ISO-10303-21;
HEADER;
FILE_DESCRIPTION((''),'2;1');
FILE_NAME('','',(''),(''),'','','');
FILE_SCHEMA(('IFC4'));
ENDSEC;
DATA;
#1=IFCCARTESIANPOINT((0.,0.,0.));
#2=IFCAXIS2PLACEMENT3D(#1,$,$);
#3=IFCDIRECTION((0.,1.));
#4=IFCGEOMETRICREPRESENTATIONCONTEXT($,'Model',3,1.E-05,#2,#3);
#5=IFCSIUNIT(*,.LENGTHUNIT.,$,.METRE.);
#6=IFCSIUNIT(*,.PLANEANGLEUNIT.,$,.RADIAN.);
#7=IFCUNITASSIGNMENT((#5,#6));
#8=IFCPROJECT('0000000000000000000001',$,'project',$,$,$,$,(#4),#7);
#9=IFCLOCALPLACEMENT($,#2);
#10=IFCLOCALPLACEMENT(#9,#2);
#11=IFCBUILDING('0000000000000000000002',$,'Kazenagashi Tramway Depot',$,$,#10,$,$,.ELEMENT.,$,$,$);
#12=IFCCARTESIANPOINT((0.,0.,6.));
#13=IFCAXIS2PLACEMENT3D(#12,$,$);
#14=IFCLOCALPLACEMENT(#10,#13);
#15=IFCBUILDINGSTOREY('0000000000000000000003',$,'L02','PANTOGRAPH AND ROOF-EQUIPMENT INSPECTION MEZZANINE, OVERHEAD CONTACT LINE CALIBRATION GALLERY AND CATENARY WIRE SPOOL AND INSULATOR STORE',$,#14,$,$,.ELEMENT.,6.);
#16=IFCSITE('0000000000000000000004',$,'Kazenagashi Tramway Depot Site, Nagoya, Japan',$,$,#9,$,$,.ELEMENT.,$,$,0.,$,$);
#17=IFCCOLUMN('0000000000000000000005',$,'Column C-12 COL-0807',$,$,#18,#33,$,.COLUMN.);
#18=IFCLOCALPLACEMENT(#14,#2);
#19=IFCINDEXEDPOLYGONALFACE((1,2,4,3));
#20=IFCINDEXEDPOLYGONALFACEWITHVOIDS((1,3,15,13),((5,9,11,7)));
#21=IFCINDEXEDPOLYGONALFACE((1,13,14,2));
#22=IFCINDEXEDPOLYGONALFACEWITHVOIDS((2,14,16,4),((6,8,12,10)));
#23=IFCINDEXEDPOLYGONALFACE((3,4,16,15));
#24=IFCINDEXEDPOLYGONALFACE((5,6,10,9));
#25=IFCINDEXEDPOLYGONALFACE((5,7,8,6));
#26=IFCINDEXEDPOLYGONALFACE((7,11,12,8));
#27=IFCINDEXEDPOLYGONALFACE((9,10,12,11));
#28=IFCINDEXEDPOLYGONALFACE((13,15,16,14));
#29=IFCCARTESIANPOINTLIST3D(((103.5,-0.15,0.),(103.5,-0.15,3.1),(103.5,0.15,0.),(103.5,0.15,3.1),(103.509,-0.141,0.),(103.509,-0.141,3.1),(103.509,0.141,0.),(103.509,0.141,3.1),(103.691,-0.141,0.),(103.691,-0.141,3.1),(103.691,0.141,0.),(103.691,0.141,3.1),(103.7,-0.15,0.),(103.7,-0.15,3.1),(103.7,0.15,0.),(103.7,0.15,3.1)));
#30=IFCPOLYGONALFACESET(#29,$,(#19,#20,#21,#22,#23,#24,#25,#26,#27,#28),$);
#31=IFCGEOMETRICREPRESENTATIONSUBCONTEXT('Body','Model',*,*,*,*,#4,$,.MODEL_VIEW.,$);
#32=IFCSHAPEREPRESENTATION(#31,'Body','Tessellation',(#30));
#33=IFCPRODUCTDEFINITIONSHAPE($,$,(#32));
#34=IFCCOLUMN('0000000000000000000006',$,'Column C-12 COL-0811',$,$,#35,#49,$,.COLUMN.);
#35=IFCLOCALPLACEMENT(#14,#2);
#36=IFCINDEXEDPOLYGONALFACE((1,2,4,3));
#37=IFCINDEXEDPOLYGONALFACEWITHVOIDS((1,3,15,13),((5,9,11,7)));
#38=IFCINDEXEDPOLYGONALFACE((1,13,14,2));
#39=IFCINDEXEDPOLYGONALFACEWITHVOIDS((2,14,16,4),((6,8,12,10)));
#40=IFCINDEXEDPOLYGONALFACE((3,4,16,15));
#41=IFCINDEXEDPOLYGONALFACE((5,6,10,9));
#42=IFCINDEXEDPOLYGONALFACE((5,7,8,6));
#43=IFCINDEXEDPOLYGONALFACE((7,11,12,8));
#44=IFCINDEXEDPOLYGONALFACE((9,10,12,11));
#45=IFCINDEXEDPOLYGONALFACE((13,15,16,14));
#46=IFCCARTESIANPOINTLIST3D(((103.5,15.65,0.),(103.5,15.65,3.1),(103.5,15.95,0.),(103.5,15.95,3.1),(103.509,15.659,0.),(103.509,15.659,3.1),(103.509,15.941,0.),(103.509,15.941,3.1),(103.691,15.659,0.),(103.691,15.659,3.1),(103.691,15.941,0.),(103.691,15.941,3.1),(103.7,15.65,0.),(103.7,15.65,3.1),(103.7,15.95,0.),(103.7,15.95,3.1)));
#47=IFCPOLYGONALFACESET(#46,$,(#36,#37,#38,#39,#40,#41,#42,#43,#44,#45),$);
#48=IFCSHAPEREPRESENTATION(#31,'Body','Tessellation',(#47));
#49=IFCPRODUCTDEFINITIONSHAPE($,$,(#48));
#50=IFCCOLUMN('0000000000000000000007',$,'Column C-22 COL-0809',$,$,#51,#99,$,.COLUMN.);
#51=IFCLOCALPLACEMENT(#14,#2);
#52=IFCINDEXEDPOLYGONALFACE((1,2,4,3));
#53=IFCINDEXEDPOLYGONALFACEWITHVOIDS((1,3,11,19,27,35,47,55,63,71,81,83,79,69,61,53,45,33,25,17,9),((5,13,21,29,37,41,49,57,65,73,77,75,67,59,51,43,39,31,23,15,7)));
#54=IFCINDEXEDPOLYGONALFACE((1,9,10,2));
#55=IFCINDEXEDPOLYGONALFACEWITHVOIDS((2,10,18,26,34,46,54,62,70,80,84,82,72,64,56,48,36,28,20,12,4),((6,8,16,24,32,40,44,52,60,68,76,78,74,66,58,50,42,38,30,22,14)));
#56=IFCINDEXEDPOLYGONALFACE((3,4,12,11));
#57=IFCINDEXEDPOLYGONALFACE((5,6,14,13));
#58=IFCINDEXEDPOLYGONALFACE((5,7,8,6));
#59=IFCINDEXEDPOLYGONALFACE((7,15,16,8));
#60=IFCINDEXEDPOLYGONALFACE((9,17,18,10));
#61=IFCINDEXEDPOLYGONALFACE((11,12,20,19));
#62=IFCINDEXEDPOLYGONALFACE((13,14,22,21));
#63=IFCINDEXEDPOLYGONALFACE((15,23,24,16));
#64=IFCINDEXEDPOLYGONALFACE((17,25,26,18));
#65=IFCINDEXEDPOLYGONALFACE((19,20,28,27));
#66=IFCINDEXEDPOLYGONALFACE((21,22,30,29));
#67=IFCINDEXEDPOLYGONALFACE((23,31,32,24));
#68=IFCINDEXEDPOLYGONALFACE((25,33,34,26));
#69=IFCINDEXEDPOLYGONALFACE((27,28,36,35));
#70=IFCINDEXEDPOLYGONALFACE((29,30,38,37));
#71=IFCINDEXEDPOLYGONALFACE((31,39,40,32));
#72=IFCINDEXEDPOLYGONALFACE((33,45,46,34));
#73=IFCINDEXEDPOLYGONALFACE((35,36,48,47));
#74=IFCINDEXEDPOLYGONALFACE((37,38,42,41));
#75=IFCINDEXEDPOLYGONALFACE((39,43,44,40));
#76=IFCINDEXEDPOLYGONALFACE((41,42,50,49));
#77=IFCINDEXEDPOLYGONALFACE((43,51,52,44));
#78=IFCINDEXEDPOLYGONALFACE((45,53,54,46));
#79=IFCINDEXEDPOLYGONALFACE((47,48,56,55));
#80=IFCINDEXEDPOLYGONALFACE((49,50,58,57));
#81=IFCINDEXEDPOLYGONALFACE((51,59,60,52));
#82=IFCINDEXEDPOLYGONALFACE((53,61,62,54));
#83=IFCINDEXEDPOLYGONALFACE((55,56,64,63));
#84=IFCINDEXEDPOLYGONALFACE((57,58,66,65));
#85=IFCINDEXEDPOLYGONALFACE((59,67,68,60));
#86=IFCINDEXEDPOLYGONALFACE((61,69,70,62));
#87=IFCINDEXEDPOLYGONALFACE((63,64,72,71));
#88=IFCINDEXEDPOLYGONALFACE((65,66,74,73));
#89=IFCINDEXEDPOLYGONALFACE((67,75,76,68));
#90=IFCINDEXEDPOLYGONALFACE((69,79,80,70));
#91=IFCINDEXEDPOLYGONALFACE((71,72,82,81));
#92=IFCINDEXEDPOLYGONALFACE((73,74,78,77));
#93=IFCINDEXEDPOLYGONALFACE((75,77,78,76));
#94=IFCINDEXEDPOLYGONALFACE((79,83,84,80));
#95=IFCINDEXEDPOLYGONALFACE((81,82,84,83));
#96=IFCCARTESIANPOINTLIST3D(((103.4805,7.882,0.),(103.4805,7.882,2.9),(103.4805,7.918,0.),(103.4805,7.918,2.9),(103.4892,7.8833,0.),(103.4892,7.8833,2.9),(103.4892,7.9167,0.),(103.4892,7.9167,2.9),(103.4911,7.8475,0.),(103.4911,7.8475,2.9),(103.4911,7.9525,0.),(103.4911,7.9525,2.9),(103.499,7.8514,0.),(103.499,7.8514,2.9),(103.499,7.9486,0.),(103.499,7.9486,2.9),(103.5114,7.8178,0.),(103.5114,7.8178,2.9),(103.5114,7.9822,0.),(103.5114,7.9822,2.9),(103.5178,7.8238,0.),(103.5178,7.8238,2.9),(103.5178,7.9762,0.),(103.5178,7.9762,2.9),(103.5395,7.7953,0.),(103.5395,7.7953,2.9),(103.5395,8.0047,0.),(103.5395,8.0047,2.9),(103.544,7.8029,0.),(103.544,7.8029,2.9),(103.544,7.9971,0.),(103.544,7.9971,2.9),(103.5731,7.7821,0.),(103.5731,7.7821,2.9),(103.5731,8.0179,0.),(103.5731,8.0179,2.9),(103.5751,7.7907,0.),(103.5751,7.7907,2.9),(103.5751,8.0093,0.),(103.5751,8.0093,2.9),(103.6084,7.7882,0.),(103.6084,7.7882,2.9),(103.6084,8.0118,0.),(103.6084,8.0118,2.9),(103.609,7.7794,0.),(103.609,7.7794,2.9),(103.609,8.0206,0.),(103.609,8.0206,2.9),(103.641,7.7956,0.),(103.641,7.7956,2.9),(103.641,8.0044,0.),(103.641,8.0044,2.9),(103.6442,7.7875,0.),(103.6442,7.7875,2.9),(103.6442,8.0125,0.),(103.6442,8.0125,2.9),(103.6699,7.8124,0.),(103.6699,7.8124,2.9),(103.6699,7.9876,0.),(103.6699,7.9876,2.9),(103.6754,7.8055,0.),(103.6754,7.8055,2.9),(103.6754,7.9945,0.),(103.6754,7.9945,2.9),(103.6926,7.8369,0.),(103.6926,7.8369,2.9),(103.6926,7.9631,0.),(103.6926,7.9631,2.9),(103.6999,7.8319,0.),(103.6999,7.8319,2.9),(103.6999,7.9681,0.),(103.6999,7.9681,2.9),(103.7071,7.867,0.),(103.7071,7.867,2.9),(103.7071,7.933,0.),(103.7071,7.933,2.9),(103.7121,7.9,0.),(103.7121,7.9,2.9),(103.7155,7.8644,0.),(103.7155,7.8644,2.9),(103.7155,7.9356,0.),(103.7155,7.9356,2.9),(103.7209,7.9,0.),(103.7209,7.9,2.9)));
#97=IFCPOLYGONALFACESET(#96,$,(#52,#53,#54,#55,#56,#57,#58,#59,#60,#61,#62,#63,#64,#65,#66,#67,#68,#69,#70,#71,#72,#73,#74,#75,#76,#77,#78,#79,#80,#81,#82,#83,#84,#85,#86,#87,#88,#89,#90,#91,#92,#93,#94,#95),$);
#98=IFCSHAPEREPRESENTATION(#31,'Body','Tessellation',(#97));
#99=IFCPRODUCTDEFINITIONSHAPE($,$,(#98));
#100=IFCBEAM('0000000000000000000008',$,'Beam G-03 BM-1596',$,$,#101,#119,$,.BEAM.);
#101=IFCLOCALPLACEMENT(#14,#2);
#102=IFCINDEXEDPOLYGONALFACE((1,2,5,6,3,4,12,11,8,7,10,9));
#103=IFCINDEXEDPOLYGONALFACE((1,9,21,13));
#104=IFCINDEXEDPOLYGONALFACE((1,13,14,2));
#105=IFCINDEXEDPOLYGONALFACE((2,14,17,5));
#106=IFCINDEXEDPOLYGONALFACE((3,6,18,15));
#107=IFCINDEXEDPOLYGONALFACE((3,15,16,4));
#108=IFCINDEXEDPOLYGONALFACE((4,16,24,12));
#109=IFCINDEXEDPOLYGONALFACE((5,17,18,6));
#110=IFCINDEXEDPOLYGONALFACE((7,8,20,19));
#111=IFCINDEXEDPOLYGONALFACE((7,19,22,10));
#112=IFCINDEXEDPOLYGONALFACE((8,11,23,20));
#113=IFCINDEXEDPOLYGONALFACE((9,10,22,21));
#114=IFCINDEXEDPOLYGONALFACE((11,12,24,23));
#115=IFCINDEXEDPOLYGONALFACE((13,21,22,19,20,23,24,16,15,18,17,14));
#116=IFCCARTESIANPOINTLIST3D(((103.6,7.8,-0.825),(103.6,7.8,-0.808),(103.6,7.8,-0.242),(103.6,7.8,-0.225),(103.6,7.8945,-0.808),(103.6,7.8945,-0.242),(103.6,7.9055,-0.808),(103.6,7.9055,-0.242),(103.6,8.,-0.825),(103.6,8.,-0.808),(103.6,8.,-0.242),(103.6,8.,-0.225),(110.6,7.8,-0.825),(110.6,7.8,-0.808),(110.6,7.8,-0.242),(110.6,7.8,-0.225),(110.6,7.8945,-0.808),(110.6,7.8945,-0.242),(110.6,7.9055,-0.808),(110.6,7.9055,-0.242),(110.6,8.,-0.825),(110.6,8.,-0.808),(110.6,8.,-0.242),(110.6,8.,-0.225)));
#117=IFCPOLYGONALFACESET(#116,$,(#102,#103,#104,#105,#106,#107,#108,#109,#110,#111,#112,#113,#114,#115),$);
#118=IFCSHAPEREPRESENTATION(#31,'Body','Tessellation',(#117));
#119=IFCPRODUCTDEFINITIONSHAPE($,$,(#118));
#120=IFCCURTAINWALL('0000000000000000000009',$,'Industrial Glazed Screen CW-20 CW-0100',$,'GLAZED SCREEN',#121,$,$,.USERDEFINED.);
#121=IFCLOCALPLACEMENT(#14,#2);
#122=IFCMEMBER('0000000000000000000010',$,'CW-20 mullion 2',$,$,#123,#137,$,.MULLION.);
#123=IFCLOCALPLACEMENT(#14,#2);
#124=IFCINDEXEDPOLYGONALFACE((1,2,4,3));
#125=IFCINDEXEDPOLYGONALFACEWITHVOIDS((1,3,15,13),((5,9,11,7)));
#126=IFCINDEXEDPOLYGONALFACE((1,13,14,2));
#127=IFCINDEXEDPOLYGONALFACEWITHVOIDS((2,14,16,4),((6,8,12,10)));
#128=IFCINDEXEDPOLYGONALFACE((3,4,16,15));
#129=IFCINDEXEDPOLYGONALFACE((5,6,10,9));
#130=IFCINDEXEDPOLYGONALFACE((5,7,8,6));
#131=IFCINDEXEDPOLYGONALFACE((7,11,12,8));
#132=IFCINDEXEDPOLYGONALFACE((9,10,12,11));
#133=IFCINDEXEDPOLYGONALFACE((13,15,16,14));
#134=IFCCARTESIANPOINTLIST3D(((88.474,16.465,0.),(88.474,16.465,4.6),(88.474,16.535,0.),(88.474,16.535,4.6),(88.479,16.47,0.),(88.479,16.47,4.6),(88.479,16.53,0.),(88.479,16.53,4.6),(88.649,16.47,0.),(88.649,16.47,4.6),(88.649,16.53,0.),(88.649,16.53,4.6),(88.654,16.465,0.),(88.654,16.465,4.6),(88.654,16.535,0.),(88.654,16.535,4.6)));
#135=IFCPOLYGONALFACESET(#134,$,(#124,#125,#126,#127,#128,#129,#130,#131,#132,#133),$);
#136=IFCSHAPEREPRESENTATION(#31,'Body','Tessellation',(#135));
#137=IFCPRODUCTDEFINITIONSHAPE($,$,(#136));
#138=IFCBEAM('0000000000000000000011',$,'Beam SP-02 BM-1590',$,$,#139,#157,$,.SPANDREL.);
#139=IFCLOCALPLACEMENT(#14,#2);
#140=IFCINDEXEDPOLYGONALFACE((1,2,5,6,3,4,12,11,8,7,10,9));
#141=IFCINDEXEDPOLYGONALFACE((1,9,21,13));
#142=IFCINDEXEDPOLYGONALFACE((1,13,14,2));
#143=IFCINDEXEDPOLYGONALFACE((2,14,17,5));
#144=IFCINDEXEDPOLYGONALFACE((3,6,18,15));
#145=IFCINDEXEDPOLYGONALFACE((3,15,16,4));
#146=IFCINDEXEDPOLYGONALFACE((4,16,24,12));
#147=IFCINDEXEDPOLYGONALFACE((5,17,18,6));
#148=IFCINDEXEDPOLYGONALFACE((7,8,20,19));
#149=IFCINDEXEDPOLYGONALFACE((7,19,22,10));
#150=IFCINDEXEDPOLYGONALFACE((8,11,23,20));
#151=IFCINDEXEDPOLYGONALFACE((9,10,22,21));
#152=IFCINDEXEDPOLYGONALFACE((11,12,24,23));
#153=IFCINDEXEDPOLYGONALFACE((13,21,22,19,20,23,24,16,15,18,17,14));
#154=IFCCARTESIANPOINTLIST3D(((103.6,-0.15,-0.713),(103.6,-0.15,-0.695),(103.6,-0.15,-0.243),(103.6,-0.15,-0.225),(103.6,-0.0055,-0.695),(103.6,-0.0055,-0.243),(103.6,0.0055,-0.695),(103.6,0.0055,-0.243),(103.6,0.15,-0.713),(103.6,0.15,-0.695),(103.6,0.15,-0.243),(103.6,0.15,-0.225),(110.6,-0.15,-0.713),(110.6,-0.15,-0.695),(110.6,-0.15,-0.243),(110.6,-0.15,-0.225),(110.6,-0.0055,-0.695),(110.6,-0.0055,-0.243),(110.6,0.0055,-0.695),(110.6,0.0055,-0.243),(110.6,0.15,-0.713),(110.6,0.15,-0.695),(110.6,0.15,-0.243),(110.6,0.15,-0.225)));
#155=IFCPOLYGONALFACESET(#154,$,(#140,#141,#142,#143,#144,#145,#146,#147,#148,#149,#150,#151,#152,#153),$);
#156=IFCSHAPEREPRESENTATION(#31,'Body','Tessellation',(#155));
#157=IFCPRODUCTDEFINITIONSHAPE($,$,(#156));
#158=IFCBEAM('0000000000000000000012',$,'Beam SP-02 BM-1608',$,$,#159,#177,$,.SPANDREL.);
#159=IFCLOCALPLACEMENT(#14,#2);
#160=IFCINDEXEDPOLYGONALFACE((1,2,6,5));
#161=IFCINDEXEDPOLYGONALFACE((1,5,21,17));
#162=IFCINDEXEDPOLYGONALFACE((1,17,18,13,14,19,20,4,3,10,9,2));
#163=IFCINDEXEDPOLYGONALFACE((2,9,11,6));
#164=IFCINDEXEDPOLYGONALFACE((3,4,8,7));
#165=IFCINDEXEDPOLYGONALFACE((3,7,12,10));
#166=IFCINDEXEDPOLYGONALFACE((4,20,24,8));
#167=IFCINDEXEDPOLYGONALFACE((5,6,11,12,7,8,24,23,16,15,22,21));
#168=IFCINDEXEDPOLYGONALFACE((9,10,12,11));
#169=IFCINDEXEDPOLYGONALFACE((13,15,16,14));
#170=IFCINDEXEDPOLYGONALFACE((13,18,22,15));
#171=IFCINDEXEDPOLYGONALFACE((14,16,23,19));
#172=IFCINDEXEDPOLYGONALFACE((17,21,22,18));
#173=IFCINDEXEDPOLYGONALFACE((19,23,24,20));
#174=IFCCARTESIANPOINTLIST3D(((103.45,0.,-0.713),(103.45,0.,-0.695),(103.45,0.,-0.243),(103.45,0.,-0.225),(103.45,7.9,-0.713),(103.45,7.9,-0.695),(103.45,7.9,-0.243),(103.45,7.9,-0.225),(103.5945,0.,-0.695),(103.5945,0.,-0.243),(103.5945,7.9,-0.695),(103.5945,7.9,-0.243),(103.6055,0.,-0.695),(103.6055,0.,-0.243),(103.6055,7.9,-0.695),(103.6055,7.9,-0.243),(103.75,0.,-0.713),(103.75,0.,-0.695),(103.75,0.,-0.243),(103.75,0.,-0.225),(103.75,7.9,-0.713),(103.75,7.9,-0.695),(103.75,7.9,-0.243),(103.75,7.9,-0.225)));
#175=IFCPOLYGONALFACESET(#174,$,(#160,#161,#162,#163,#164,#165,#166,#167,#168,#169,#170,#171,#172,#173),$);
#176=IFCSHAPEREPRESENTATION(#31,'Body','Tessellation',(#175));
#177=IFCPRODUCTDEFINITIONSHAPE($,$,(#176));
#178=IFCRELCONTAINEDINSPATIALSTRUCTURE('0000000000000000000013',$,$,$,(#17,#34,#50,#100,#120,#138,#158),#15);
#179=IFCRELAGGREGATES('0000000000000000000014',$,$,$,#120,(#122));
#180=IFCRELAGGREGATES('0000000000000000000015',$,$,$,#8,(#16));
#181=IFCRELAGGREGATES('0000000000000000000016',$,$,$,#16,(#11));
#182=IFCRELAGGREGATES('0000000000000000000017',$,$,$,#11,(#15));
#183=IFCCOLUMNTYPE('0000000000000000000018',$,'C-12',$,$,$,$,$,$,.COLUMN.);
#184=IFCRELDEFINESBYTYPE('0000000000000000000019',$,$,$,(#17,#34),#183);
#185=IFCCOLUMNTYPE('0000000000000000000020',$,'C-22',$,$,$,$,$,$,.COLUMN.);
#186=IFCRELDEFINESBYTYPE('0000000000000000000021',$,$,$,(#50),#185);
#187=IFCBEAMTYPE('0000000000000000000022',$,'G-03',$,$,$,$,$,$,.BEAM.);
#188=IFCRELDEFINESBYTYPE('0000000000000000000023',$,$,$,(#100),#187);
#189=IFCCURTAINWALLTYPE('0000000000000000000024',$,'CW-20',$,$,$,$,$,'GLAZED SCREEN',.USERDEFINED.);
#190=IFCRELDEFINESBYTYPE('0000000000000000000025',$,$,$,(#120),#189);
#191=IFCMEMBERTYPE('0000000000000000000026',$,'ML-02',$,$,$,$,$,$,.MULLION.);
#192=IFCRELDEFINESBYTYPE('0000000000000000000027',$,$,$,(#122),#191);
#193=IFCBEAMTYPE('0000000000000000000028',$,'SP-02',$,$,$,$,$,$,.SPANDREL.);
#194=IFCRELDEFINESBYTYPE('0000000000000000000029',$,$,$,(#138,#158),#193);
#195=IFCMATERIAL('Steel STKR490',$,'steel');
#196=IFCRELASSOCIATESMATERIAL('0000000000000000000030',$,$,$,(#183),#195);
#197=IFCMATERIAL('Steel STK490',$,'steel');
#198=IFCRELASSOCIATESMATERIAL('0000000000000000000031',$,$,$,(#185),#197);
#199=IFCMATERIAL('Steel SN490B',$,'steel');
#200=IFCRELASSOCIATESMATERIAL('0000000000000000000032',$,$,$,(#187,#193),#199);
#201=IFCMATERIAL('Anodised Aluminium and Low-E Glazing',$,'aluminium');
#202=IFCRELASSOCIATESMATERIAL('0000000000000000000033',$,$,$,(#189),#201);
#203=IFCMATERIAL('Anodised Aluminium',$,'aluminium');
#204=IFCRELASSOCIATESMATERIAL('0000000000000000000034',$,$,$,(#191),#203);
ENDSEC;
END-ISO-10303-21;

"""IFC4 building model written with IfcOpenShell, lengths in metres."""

from ifc_helpers import new_model, si_unit, direction, frame, origin, origin_2d, place, context, subcontext, project, spatial, hollow_rectangle, hollow_circle, i_section, extrude, material, material_profile, profile_set, type_object, element, aggregate, save


model = new_model("IFC4")

# Units and contexts
model_context = context("Model", 3, precision=1e-05, world=origin(), true_north=direction((0.0, 1.0)))
body_context = subcontext(model_context, "Body", "Model", "MODEL_VIEW")
ifc_project = project(units=[si_unit("LENGTHUNIT", "METRE"), si_unit("PLANEANGLEUNIT", "RADIAN")], contexts=[model_context])

# Site, building, storey
site_placement = place(None, origin())
site = spatial("IfcSite", under=ifc_project, at=site_placement, Name="Kazenagashi Tramway Depot Site, Nagoya, Japan", CompositionType="ELEMENT", RefElevation=0.0)
building_placement = place(site_placement, origin())
building = spatial("IfcBuilding", under=site, at=building_placement, Name="Kazenagashi Tramway Depot", CompositionType="ELEMENT")
storey_placement = place(building_placement, frame((0.0, 0.0, 6.0)))
storey = spatial("IfcBuildingStorey", under=building, at=storey_placement, Name="L02", Description="PANTOGRAPH AND ROOF-EQUIPMENT INSPECTION MEZZANINE, OVERHEAD CONTACT LINE CALIBRATION GALLERY AND CATENARY WIRE SPOOL AND INSULATOR STORE", CompositionType="ELEMENT", Elevation=6.0)

# Columns
ifc_material_1 = material(Name="Steel STKR490", Category="steel")
ifc_material_profile_1 = material_profile(ifc_material_1, hollow_rectangle(XDim=0.2, YDim=0.3, WallThickness=0.009, at=origin_2d()), Name="RHS-300x200x9")
ifc_profile_set_1 = profile_set([ifc_material_profile_1], Name="Steel STKR490")
column_type_1 = type_object("IfcColumnType", Name="C-12", PredefinedType="COLUMN", material=ifc_profile_set_1)
for number, where, z_axis, x_axis, name in (
    (1, (103.6, 0.0, 0.0), (0.0, 0.0, 1.0), (1.0, 0.0, 0.0), "Column C-12 COL-0807"),
    (2, (103.6, 15.8, 0.0), (0.0, 0.0, 1.0), (1.0, 0.0, 0.0), "Column C-12 COL-0811"),
):
    element("IfcColumn", number, at=place(storey_placement, frame(where, z_axis=z_axis, x_axis=x_axis)), inside=storey, type_object=column_type_1, Name=name, PredefinedType="COLUMN", context=body_context, shape_type="SweptSolid", body=[
        extrude(hollow_rectangle(XDim=0.2, YDim=0.3, WallThickness=0.009, at=origin_2d()), origin(), (0.0, 0.0, 1.0), 3.1),
    ])
ifc_material_2 = material(Name="Steel STK490", Category="steel")
ifc_material_profile_2 = material_profile(ifc_material_2, hollow_circle(Radius=0.1209, WallThickness=0.0088, at=origin_2d()), Name="CHS-241.8x8.8")
ifc_profile_set_2 = profile_set([ifc_material_profile_2], Name="Steel STK490")
column_type_2 = type_object("IfcColumnType", Name="C-22", PredefinedType="COLUMN", material=ifc_profile_set_2)
column_placement = place(storey_placement, frame((103.6, 7.9, 0.0), z_axis=(0.0, 0.0, 1.0), x_axis=(1.0, 0.0, 0.0)))
element("IfcColumn", 3, at=column_placement, inside=storey, type_object=column_type_2, Name="Column C-22 COL-0809", PredefinedType="COLUMN", context=body_context, shape_type="SweptSolid", body=[
    extrude(hollow_circle(Radius=0.1209, WallThickness=0.0088, at=origin_2d()), origin(), (0.0, 0.0, 1.0), 2.9),
])

# Beam
ifc_material_3 = material(Name="Steel SN490B", Category="steel")
ifc_material_profile_3 = material_profile(ifc_material_3, i_section(OverallWidth=0.2, OverallDepth=0.6, WebThickness=0.011, FlangeThickness=0.017, at=origin_2d()), Name="H-600x200x11x17")
ifc_profile_set_3 = profile_set([ifc_material_profile_3], Name="Steel SN490B")
beam_type_1 = type_object("IfcBeamType", Name="G-03", PredefinedType="BEAM", material=ifc_profile_set_3)
beam_1_placement = place(storey_placement, frame((103.6, 7.9, -0.525), z_axis=(1.0, 0.0, 0.0), x_axis=(0.0, 1.0, 0.0)))
element("IfcBeam", 4, at=beam_1_placement, inside=storey, type_object=beam_type_1, Name="Beam G-03 BM-1596", PredefinedType="BEAM", context=body_context, shape_type="SweptSolid", body=[
    extrude(i_section(OverallWidth=0.2, OverallDepth=0.6, WebThickness=0.011, FlangeThickness=0.017, at=origin_2d()), origin(), (0.0, 0.0, 1.0), 7.0),
])

# Curtain wall, member
ifc_material_4 = material(Name="Anodised Aluminium and Low-E Glazing", Category="aluminium")
curtain_wall_type = type_object("IfcCurtainWallType", Name="CW-20", ElementType="GLAZED SCREEN", PredefinedType="USERDEFINED", material=ifc_material_4)
curtain_wall_placement = place(storey_placement, origin())
curtain_wall = element("IfcCurtainWall", 5, at=curtain_wall_placement, inside=storey, type_object=curtain_wall_type, Name="Industrial Glazed Screen CW-20 CW-0100", ObjectType="GLAZED SCREEN", PredefinedType="USERDEFINED")
ifc_material_5 = material(Name="Anodised Aluminium", Category="aluminium")
ifc_material_profile_4 = material_profile(ifc_material_5, hollow_rectangle(XDim=0.07, YDim=0.18, WallThickness=0.005, at=origin_2d()), Name="RHS-180x70x5")
ifc_profile_set_4 = profile_set([ifc_material_profile_4], Name="Anodised Aluminium")
member_type_1 = type_object("IfcMemberType", Name="ML-02", PredefinedType="MULLION", material=ifc_profile_set_4)
member_1_placement = place(storey_placement, frame((88.564, 16.5, 0.0), z_axis=(0.0, 0.0, 1.0), x_axis=(0.0, 1.0, 0.0)))
member_1 = element("IfcMember", 6, at=member_1_placement, type_object=member_type_1, Name="CW-20 mullion 2", PredefinedType="MULLION", context=body_context, shape_type="SweptSolid", body=[
    extrude(hollow_rectangle(XDim=0.07, YDim=0.18, WallThickness=0.005, at=origin_2d()), origin(), (0.0, 0.0, 1.0), 4.6),
])

# Beams
ifc_material_profile_5 = material_profile(ifc_material_3, i_section(OverallWidth=0.3, OverallDepth=0.488, WebThickness=0.011, FlangeThickness=0.018, at=origin_2d()), Name="H-488x300x11x18")
ifc_profile_set_5 = profile_set([ifc_material_profile_5], Name="Steel SN490B")
beam_type_2 = type_object("IfcBeamType", Name="SP-02", PredefinedType="SPANDREL", material=ifc_profile_set_5)
beam_2_placement = place(storey_placement, frame((103.6, 0.0, -0.469), z_axis=(1.0, 0.0, 0.0), x_axis=(0.0, 1.0, 0.0)))
element("IfcBeam", 7, at=beam_2_placement, inside=storey, type_object=beam_type_2, Name="Beam SP-02 BM-1590", PredefinedType="SPANDREL", context=body_context, shape_type="SweptSolid", body=[
    extrude(i_section(OverallWidth=0.3, OverallDepth=0.488, WebThickness=0.011, FlangeThickness=0.018, at=origin_2d()), origin(), (0.0, 0.0, 1.0), 7.0),
])
for number, where, z_axis, x_axis, name in (
    (8, (103.6, 0.0, -0.469), (0.0, 1.0, 0.0), (-1.0, 0.0, 0.0), "Beam SP-02 BM-1608"),
):
    element("IfcBeam", number, at=place(storey_placement, frame(where, z_axis=z_axis, x_axis=x_axis)), inside=storey, type_object=beam_type_2, Name=name, PredefinedType="SPANDREL", context=body_context, shape_type="SweptSolid", body=[
        extrude(i_section(OverallWidth=0.3, OverallDepth=0.488, WebThickness=0.011, FlangeThickness=0.018, at=origin_2d()), origin(), (0.0, 0.0, 1.0), 7.9),
    ])

aggregate(curtain_wall, [member_1])

save(model, "model.ifc")
